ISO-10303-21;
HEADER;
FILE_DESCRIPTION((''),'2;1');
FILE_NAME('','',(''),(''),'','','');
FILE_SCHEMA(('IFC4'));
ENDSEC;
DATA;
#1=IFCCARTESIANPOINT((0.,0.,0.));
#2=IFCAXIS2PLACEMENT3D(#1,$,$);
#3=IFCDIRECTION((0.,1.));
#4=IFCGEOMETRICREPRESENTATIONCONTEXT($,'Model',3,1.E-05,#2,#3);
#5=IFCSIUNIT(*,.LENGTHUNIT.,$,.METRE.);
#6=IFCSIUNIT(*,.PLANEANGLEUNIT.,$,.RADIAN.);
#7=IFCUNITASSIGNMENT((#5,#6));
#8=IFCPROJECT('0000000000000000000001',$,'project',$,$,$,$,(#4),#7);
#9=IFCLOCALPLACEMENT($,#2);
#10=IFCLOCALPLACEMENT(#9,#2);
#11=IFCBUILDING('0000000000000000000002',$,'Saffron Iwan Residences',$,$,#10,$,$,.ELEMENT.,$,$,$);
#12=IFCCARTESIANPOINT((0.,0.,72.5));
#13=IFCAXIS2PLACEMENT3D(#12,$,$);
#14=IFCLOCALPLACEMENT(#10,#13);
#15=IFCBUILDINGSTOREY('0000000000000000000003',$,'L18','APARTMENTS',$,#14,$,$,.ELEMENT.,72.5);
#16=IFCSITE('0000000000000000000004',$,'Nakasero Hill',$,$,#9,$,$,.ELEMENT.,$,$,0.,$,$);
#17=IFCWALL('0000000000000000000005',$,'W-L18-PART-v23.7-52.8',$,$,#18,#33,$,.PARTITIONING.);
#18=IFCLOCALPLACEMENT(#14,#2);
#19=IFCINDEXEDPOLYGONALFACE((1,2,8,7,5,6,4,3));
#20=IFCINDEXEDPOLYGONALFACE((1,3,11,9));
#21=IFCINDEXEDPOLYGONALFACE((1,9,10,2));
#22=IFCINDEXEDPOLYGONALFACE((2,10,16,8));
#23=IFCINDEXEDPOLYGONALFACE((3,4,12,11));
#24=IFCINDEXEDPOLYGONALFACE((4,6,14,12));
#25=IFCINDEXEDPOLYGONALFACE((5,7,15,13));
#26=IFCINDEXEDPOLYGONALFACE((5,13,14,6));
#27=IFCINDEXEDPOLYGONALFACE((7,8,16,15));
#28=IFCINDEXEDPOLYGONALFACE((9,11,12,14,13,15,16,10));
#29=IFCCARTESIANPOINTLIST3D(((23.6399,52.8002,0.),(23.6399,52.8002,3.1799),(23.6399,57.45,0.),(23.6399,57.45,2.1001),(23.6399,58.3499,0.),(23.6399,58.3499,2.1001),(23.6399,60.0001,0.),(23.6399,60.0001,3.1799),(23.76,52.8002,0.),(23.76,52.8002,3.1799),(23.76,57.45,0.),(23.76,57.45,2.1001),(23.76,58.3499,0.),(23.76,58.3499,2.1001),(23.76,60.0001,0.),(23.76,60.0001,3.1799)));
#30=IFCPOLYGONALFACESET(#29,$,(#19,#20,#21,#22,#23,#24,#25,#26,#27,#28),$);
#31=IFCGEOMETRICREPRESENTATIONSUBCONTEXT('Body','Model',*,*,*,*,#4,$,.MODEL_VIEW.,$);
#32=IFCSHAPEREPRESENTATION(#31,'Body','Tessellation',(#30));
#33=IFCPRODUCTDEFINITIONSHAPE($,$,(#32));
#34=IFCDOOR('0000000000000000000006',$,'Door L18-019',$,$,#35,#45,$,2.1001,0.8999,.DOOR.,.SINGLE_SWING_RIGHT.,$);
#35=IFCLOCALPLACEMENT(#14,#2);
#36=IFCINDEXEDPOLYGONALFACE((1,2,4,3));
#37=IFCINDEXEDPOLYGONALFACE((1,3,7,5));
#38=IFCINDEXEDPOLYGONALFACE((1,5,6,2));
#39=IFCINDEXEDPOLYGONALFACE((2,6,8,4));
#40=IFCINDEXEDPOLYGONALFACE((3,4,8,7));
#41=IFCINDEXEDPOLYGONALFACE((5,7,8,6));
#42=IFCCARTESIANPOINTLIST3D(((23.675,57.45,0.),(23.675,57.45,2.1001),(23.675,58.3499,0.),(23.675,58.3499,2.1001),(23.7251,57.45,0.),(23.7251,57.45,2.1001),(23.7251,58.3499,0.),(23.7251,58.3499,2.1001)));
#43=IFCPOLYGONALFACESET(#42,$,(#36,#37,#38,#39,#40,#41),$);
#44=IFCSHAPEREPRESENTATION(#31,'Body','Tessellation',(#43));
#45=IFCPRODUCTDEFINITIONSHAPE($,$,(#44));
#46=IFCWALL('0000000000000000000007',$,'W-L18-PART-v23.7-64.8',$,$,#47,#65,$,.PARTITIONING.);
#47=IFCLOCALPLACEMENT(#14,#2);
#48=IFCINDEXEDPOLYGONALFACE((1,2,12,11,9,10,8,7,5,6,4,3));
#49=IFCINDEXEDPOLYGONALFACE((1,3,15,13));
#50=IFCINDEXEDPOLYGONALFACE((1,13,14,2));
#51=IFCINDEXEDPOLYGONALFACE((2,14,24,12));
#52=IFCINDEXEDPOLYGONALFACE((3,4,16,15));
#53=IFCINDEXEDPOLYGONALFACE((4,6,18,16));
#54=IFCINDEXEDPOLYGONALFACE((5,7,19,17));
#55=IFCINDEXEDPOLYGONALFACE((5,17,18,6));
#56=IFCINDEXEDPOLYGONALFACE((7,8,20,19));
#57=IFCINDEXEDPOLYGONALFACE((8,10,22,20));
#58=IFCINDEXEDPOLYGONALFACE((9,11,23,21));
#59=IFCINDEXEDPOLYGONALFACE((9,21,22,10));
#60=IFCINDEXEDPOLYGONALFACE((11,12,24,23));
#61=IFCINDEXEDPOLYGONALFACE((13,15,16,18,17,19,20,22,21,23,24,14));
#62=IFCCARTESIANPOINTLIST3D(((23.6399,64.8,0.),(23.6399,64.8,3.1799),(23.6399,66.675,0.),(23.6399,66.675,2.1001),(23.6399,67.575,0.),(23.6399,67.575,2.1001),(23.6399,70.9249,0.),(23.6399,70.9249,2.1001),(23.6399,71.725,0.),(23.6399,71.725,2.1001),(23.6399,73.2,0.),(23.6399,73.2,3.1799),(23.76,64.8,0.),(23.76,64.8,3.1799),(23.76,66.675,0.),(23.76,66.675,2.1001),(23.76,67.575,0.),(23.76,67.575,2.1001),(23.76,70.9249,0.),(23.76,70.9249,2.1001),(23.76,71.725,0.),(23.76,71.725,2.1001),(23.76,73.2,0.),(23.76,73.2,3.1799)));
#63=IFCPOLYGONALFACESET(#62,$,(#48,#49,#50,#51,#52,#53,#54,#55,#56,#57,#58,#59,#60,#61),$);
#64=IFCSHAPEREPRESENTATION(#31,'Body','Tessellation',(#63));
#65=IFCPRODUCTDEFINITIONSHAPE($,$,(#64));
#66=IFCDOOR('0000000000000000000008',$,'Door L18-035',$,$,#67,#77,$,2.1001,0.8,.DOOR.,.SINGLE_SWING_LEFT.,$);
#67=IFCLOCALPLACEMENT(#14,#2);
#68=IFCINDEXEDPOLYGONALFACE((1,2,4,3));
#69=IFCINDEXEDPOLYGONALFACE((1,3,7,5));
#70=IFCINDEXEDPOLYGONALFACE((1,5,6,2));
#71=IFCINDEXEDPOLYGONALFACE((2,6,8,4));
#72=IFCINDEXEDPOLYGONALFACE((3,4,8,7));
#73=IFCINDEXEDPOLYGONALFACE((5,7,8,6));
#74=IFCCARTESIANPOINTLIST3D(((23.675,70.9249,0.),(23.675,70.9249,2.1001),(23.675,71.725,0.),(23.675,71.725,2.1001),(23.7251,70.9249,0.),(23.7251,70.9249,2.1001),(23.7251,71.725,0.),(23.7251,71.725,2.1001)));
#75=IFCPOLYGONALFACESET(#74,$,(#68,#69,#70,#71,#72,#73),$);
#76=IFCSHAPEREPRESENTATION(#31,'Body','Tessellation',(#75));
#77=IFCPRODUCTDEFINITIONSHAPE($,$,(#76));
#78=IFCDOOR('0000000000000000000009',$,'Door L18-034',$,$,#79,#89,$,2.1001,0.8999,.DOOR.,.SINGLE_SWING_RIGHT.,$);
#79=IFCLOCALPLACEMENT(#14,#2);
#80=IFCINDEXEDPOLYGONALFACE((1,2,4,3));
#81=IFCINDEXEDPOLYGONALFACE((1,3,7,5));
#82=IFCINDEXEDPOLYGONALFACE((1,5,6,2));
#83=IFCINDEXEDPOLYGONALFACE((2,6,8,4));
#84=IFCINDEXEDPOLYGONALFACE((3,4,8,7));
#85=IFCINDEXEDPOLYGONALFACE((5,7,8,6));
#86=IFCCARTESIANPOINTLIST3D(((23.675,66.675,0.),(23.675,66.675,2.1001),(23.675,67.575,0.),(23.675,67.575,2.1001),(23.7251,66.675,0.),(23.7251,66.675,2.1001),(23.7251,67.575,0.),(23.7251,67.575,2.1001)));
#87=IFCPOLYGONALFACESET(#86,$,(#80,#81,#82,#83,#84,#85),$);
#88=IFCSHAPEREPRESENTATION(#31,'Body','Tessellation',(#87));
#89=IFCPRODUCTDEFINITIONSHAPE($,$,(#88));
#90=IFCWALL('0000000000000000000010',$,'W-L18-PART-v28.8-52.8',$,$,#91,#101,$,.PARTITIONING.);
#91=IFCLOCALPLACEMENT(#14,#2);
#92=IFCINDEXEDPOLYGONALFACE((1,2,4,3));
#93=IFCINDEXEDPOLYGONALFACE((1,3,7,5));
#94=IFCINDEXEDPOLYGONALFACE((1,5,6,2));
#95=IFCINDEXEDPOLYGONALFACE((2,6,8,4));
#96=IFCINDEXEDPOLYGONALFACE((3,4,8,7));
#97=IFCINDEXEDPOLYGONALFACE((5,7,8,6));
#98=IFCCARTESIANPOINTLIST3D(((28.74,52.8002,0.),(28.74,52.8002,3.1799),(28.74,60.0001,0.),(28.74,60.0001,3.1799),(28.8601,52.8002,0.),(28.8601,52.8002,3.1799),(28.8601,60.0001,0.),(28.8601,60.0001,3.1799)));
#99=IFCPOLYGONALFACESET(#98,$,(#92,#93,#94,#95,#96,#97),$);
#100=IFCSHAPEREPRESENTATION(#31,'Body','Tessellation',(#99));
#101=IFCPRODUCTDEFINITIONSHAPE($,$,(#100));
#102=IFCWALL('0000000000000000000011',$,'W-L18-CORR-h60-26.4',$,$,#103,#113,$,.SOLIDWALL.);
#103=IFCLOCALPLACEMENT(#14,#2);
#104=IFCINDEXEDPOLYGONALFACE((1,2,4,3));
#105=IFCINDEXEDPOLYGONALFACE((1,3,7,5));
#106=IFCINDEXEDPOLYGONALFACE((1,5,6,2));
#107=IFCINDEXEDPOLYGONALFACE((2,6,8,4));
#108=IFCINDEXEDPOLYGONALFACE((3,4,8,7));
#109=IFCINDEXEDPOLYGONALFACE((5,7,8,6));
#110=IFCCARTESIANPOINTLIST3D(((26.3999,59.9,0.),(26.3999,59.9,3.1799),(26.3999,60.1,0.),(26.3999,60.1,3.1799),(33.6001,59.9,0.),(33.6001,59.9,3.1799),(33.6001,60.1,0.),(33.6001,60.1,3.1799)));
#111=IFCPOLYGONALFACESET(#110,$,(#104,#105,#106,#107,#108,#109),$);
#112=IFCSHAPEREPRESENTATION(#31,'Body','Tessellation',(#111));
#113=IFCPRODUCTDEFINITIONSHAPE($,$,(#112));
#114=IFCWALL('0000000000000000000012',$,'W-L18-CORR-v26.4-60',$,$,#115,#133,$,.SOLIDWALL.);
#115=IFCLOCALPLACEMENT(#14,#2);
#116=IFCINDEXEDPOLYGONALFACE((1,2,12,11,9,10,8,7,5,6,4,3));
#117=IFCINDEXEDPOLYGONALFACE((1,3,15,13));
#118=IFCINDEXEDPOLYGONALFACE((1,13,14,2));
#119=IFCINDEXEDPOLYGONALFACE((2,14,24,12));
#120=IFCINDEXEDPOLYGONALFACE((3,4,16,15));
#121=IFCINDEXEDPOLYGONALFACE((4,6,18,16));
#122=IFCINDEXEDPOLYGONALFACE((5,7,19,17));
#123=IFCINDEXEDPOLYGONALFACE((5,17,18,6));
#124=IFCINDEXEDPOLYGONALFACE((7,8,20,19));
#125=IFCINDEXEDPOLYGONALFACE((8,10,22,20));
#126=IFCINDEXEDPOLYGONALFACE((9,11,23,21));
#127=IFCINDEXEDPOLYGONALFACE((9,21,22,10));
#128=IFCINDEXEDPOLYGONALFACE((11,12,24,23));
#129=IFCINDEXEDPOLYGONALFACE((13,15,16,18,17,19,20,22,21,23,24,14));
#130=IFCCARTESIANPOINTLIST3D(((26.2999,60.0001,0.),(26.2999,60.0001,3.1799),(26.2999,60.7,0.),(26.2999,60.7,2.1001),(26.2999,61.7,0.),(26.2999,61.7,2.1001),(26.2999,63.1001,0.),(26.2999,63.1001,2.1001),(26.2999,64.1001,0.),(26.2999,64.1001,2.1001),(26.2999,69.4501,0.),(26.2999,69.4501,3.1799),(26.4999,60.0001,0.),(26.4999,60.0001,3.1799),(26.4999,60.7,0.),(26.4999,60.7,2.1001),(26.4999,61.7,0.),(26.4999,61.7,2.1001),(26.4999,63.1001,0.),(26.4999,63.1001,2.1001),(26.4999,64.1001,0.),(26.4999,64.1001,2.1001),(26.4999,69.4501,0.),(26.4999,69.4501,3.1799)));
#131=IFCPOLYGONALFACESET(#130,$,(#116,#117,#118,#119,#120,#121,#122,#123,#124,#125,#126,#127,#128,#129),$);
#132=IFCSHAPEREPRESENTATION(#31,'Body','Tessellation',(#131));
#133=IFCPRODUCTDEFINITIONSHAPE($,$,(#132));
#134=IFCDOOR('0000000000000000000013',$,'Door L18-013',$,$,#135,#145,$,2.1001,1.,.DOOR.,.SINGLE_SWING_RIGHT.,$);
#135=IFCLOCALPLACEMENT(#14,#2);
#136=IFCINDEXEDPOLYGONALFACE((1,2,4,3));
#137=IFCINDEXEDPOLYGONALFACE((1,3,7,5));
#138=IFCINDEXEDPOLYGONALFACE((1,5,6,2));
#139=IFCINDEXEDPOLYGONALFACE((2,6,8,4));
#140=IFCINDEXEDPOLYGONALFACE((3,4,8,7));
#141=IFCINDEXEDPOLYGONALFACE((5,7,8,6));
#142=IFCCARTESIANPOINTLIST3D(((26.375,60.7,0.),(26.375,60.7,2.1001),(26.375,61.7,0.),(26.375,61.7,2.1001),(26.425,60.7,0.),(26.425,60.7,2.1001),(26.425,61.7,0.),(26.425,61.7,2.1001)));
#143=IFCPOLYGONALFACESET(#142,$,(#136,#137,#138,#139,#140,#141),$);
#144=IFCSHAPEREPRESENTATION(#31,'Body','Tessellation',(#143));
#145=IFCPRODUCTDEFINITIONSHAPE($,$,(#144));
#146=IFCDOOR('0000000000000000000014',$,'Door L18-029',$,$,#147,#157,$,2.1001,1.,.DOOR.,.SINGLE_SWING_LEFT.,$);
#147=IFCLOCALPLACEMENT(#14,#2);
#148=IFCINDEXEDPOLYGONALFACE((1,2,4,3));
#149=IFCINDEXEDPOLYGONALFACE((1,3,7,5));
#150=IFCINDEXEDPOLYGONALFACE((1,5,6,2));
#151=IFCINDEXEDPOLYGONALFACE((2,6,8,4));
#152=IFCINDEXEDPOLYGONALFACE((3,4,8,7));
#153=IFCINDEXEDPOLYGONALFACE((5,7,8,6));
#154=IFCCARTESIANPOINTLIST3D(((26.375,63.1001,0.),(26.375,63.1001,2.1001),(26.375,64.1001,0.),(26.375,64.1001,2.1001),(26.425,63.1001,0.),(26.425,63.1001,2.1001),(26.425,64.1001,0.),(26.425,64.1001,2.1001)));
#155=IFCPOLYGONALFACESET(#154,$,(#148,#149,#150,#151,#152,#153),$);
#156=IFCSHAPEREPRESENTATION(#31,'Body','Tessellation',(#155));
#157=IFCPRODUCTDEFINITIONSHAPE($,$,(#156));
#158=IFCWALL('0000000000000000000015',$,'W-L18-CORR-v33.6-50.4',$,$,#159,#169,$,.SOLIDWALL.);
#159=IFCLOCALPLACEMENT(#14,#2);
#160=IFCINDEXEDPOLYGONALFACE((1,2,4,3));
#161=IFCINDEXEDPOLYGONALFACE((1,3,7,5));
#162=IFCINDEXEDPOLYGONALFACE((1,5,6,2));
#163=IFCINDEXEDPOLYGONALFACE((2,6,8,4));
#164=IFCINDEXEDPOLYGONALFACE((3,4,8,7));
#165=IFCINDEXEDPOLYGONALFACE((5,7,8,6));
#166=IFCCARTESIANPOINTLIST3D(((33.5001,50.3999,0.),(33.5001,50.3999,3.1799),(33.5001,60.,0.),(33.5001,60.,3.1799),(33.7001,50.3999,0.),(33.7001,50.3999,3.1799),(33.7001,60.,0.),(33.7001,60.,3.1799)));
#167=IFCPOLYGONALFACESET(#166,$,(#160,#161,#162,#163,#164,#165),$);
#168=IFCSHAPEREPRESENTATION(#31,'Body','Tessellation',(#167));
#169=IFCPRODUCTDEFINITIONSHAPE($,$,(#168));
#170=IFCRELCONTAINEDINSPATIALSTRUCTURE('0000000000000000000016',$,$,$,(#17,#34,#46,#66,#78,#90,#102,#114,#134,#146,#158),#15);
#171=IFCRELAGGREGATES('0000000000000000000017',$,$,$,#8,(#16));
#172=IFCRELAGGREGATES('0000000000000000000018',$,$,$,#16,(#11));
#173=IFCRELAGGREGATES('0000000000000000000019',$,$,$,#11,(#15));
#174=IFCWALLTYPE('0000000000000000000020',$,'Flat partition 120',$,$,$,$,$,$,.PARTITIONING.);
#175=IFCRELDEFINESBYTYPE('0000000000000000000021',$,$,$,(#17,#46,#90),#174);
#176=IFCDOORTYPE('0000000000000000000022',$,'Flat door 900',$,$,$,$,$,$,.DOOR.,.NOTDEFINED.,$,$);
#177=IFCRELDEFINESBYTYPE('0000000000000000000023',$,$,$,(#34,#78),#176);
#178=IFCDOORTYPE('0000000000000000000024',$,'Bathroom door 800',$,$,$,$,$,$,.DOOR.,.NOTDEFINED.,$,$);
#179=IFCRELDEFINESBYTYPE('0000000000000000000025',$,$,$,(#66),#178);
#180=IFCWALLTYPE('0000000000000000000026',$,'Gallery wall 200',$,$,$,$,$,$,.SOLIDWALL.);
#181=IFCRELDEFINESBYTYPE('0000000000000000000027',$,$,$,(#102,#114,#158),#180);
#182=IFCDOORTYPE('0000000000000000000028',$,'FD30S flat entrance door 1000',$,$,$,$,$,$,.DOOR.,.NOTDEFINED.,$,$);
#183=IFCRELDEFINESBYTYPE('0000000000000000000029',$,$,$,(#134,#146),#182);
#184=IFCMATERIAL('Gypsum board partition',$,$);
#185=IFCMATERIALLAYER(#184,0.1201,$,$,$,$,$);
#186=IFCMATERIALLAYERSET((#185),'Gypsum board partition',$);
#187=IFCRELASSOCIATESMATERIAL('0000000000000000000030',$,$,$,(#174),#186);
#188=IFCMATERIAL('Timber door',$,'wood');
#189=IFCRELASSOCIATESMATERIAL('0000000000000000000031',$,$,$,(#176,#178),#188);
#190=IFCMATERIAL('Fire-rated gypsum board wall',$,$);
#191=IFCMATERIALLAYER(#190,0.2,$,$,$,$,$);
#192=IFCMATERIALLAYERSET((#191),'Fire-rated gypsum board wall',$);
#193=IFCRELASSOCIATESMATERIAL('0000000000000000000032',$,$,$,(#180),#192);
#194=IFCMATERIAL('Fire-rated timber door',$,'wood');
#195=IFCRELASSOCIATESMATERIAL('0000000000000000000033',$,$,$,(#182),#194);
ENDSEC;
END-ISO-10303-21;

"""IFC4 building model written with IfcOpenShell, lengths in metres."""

from ifc_helpers import new_model, si_unit, direction, frame, frame_2d, origin, place, context, subcontext, project, spatial, rectangle, extrude, material, layer, layer_set, type_object, element, fill, save


model = new_model("IFC4")

# Units and contexts
model_context = context("Model", 3, precision=1e-05, world=origin(), true_north=direction((0.0, 1.0)))
body_context = subcontext(model_context, "Body", "Model", "MODEL_VIEW")
ifc_project = project(units=[si_unit("LENGTHUNIT", "METRE"), si_unit("PLANEANGLEUNIT", "RADIAN")], contexts=[model_context])

# Site, building, storey
site_placement = place(None, origin())
site = spatial("IfcSite", under=ifc_project, at=site_placement, Name="Nakasero Hill", CompositionType="ELEMENT", RefElevation=0.0)
building_placement = place(site_placement, origin())
building = spatial("IfcBuilding", under=site, at=building_placement, Name="Saffron Iwan Residences", CompositionType="ELEMENT")
storey_placement = place(building_placement, frame((0.0, 0.0, 72.5)))
storey = spatial("IfcBuildingStorey", under=building, at=storey_placement, Name="L18", Description="APARTMENTS", CompositionType="ELEMENT", Elevation=72.5)

# Shared definitions
ifc_material_1 = material(Name="Gypsum board partition")
ifc_layer_1 = layer(ifc_material_1, 0.1201)
ifc_layer_set_1 = layer_set([ifc_layer_1], Name="Gypsum board partition")
wall_type_1 = type_object("IfcWallType", Name="Flat partition 120", PredefinedType="PARTITIONING", material=ifc_layer_set_1)
ifc_material_2 = material(Name="Timber door", Category="wood")
door_type_1 = type_object("IfcDoorType", Name="Flat door 900", OperationType="NOTDEFINED", PredefinedType="DOOR", material=ifc_material_2)

# Shared definitions
door_type_2 = type_object("IfcDoorType", Name="Bathroom door 800", OperationType="NOTDEFINED", PredefinedType="DOOR", material=ifc_material_2)

# Wall, opening, door
wall_1_placement = place(storey_placement, frame((23.7, 52.8, 0.0), z_axis=(0.0, 0.0, 1.0), x_axis=(0.0, 1.0, 0.0)))
wall_1 = element("IfcWall", 1, at=wall_1_placement, inside=storey, type_object=wall_type_1, Name="W-L18-PART-v23.7-52.8", PredefinedType="PARTITIONING", context=body_context, shape_type="SweptSolid", body=[
    extrude(rectangle(XDim=7.2, YDim=0.1201, at=frame_2d((3.6001, 0.0))), origin(), (0.0, 0.0, 1.0), 3.1799),
])
opening_1_placement = place(wall_1_placement, frame((4.6499, 0.0, 0.0)))
opening_1 = element("IfcOpeningElement", 2, at=opening_1_placement, cuts=wall_1, PredefinedType="OPENING", context=body_context, shape_type="SweptSolid", body=[
    extrude(rectangle(XDim=0.8999, YDim=2.1001, at=frame_2d((0.45, 1.05))), frame((0.0, 0.0701, 0.0), z_axis=(0.0, -1.0, 0.0), x_axis=(1.0, 0.0, 0.0)), (0.0, 0.0, 1.0), 0.1401),
])
door_1_placement = place(opening_1_placement, origin())
door_1 = element("IfcDoor", 3, at=door_1_placement, inside=storey, type_object=door_type_1, Name="Door L18-019", OperationType="SINGLE_SWING_RIGHT", OverallHeight=2.1001, OverallWidth=0.8999, PredefinedType="DOOR", context=body_context, shape_type="SweptSolid", body=[
    extrude(rectangle(XDim=0.8999, YDim=2.1001, at=frame_2d((0.45, 1.05))), frame((0.0, 0.0249, 0.0), z_axis=(0.0, -1.0, 0.0), x_axis=(1.0, 0.0, 0.0)), (0.0, 0.0, 1.0), 0.05),
])
fill(opening_1, door_1)

# Wall, openings, doors
wall_2_placement = place(storey_placement, frame((23.7, 64.8, 0.0), z_axis=(0.0, 0.0, 1.0), x_axis=(0.0, 1.0, 0.0)))
wall_2 = element("IfcWall", 4, at=wall_2_placement, inside=storey, type_object=wall_type_1, Name="W-L18-PART-v23.7-64.8", PredefinedType="PARTITIONING", context=body_context, shape_type="SweptSolid", body=[
    extrude(rectangle(XDim=8.3999, YDim=0.1201, at=frame_2d((4.2, 0.0))), origin(), (0.0, 0.0, 1.0), 3.1799),
])
opening_2_placement = place(wall_2_placement, frame((1.875, 0.0, 0.0)))
opening_2 = element("IfcOpeningElement", 5, at=opening_2_placement, cuts=wall_2, PredefinedType="OPENING", context=body_context, shape_type="SweptSolid", body=[
    extrude(rectangle(XDim=0.8999, YDim=2.1001, at=frame_2d((0.45, 1.05))), frame((0.0, 0.0701, 0.0), z_axis=(0.0, -1.0, 0.0), x_axis=(1.0, 0.0, 0.0)), (0.0, 0.0, 1.0), 0.1401),
])
opening_3_placement = place(wall_2_placement, frame((6.125, 0.0, 0.0)))
opening_3 = element("IfcOpeningElement", 6, at=opening_3_placement, cuts=wall_2, PredefinedType="OPENING", context=body_context, shape_type="SweptSolid", body=[
    extrude(rectangle(XDim=0.8, YDim=2.1001, at=frame_2d((0.3999, 1.05))), frame((0.0, 0.0701, 0.0), z_axis=(0.0, -1.0, 0.0), x_axis=(1.0, 0.0, 0.0)), (0.0, 0.0, 1.0), 0.1401),
])
door_2_placement = place(opening_3_placement, origin())
door_2 = element("IfcDoor", 7, at=door_2_placement, inside=storey, type_object=door_type_2, Name="Door L18-035", OperationType="SINGLE_SWING_LEFT", OverallHeight=2.1001, OverallWidth=0.8, PredefinedType="DOOR", context=body_context, shape_type="SweptSolid", body=[
    extrude(rectangle(XDim=0.8, YDim=2.1001, at=frame_2d((0.3999, 1.05))), frame((0.0, 0.0249, 0.0), z_axis=(0.0, -1.0, 0.0), x_axis=(1.0, 0.0, 0.0)), (0.0, 0.0, 1.0), 0.05),
])
fill(opening_3, door_2)
door_3_placement = place(opening_2_placement, origin())
door_3 = element("IfcDoor", 8, at=door_3_placement, inside=storey, type_object=door_type_1, Name="Door L18-034", OperationType="SINGLE_SWING_RIGHT", OverallHeight=2.1001, OverallWidth=0.8999, PredefinedType="DOOR", context=body_context, shape_type="SweptSolid", body=[
    extrude(rectangle(XDim=0.8999, YDim=2.1001, at=frame_2d((0.45, 1.05))), frame((0.0, 0.0249, 0.0), z_axis=(0.0, -1.0, 0.0), x_axis=(1.0, 0.0, 0.0)), (0.0, 0.0, 1.0), 0.05),
])
fill(opening_2, door_3)

# Walls
wall_3_placement = place(storey_placement, frame((28.8, 52.8, 0.0), z_axis=(0.0, 0.0, 1.0), x_axis=(0.0, 1.0, 0.0)))
element("IfcWall", 9, at=wall_3_placement, inside=storey, type_object=wall_type_1, Name="W-L18-PART-v28.8-52.8", PredefinedType="PARTITIONING", context=body_context, shape_type="SweptSolid", body=[
    extrude(rectangle(XDim=7.2, YDim=0.1201, at=frame_2d((3.6001, 0.0))), origin(), (0.0, 0.0, 1.0), 3.1799),
])
ifc_material_3 = material(Name="Fire-rated gypsum board wall")
ifc_layer_2 = layer(ifc_material_3, 0.2)
ifc_layer_set_2 = layer_set([ifc_layer_2], Name="Fire-rated gypsum board wall")
wall_type_2 = type_object("IfcWallType", Name="Gallery wall 200", PredefinedType="SOLIDWALL", material=ifc_layer_set_2)
wall_4_placement = place(storey_placement, frame((26.3999, 60.0, 0.0), z_axis=(0.0, 0.0, 1.0), x_axis=(1.0, 0.0, 0.0)))
element("IfcWall", 10, at=wall_4_placement, inside=storey, type_object=wall_type_2, Name="W-L18-CORR-h60-26.4", PredefinedType="SOLIDWALL", context=body_context, shape_type="SweptSolid", body=[
    extrude(rectangle(XDim=7.2002, YDim=0.2, at=frame_2d((3.6001, 0.0))), origin(), (0.0, 0.0, 1.0), 3.1799),
])

# Wall, openings, doors
wall_5_placement = place(storey_placement, frame((26.3999, 60.0, 0.0), z_axis=(0.0, 0.0, 1.0), x_axis=(0.0, 1.0, 0.0)))
wall_5 = element("IfcWall", 11, at=wall_5_placement, inside=storey, type_object=wall_type_2, Name="W-L18-CORR-v26.4-60", PredefinedType="SOLIDWALL", context=body_context, shape_type="SweptSolid", body=[
    extrude(rectangle(XDim=9.45, YDim=0.2, at=frame_2d((4.7251, 0.0))), origin(), (0.0, 0.0, 1.0), 3.1799),
])
opening_4_placement = place(wall_5_placement, frame((0.7, 0.0, 0.0)))
opening_4 = element("IfcOpeningElement", 12, at=opening_4_placement, cuts=wall_5, PredefinedType="OPENING", context=body_context, shape_type="SweptSolid", body=[
    extrude(rectangle(XDim=1.0, YDim=2.1001, at=frame_2d((0.5, 1.05))), frame((0.0, 0.1099, 0.0), z_axis=(0.0, -1.0, 0.0), x_axis=(1.0, 0.0, 0.0)), (0.0, 0.0, 1.0), 0.22),
])
opening_5_placement = place(wall_5_placement, frame((3.1001, 0.0, 0.0)))
opening_5 = element("IfcOpeningElement", 13, at=opening_5_placement, cuts=wall_5, PredefinedType="OPENING", context=body_context, shape_type="SweptSolid", body=[
    extrude(rectangle(XDim=1.0, YDim=2.1001, at=frame_2d((0.5, 1.05))), frame((0.0, 0.1099, 0.0), z_axis=(0.0, -1.0, 0.0), x_axis=(1.0, 0.0, 0.0)), (0.0, 0.0, 1.0), 0.22),
])
ifc_material_4 = material(Name="Fire-rated timber door", Category="wood")
door_type_3 = type_object("IfcDoorType", Name="FD30S flat entrance door 1000", OperationType="NOTDEFINED", PredefinedType="DOOR", material=ifc_material_4)
door_4_placement = place(opening_4_placement, origin())
door_4 = element("IfcDoor", 14, at=door_4_placement, inside=storey, type_object=door_type_3, Name="Door L18-013", OperationType="SINGLE_SWING_RIGHT", OverallHeight=2.1001, OverallWidth=1.0, PredefinedType="DOOR", context=body_context, shape_type="SweptSolid", body=[
    extrude(rectangle(XDim=1.0, YDim=2.1001, at=frame_2d((0.5, 1.05))), frame((0.0, 0.0249, 0.0), z_axis=(0.0, -1.0, 0.0), x_axis=(1.0, 0.0, 0.0)), (0.0, 0.0, 1.0), 0.05),
])
fill(opening_4, door_4)
door_5_placement = place(opening_5_placement, origin())
door_5 = element("IfcDoor", 15, at=door_5_placement, inside=storey, type_object=door_type_3, Name="Door L18-029", OperationType="SINGLE_SWING_LEFT", OverallHeight=2.1001, OverallWidth=1.0, PredefinedType="DOOR", context=body_context, shape_type="SweptSolid", body=[
    extrude(rectangle(XDim=1.0, YDim=2.1001, at=frame_2d((0.5, 1.05))), frame((0.0, 0.0249, 0.0), z_axis=(0.0, -1.0, 0.0), x_axis=(1.0, 0.0, 0.0)), (0.0, 0.0, 1.0), 0.05),
])
fill(opening_5, door_5)

# Wall
wall_6_placement = place(storey_placement, frame((33.6001, 50.3999, 0.0), z_axis=(0.0, 0.0, 1.0), x_axis=(0.0, 1.0, 0.0)))
element("IfcWall", 16, at=wall_6_placement, inside=storey, type_object=wall_type_2, Name="W-L18-CORR-v33.6-50.4", PredefinedType="SOLIDWALL", context=body_context, shape_type="SweptSolid", body=[
    extrude(rectangle(XDim=9.6001, YDim=0.2, at=frame_2d((4.8, 0.0))), origin(), (0.0, 0.0, 1.0), 3.1799),
])

save(model, "model.ifc")
